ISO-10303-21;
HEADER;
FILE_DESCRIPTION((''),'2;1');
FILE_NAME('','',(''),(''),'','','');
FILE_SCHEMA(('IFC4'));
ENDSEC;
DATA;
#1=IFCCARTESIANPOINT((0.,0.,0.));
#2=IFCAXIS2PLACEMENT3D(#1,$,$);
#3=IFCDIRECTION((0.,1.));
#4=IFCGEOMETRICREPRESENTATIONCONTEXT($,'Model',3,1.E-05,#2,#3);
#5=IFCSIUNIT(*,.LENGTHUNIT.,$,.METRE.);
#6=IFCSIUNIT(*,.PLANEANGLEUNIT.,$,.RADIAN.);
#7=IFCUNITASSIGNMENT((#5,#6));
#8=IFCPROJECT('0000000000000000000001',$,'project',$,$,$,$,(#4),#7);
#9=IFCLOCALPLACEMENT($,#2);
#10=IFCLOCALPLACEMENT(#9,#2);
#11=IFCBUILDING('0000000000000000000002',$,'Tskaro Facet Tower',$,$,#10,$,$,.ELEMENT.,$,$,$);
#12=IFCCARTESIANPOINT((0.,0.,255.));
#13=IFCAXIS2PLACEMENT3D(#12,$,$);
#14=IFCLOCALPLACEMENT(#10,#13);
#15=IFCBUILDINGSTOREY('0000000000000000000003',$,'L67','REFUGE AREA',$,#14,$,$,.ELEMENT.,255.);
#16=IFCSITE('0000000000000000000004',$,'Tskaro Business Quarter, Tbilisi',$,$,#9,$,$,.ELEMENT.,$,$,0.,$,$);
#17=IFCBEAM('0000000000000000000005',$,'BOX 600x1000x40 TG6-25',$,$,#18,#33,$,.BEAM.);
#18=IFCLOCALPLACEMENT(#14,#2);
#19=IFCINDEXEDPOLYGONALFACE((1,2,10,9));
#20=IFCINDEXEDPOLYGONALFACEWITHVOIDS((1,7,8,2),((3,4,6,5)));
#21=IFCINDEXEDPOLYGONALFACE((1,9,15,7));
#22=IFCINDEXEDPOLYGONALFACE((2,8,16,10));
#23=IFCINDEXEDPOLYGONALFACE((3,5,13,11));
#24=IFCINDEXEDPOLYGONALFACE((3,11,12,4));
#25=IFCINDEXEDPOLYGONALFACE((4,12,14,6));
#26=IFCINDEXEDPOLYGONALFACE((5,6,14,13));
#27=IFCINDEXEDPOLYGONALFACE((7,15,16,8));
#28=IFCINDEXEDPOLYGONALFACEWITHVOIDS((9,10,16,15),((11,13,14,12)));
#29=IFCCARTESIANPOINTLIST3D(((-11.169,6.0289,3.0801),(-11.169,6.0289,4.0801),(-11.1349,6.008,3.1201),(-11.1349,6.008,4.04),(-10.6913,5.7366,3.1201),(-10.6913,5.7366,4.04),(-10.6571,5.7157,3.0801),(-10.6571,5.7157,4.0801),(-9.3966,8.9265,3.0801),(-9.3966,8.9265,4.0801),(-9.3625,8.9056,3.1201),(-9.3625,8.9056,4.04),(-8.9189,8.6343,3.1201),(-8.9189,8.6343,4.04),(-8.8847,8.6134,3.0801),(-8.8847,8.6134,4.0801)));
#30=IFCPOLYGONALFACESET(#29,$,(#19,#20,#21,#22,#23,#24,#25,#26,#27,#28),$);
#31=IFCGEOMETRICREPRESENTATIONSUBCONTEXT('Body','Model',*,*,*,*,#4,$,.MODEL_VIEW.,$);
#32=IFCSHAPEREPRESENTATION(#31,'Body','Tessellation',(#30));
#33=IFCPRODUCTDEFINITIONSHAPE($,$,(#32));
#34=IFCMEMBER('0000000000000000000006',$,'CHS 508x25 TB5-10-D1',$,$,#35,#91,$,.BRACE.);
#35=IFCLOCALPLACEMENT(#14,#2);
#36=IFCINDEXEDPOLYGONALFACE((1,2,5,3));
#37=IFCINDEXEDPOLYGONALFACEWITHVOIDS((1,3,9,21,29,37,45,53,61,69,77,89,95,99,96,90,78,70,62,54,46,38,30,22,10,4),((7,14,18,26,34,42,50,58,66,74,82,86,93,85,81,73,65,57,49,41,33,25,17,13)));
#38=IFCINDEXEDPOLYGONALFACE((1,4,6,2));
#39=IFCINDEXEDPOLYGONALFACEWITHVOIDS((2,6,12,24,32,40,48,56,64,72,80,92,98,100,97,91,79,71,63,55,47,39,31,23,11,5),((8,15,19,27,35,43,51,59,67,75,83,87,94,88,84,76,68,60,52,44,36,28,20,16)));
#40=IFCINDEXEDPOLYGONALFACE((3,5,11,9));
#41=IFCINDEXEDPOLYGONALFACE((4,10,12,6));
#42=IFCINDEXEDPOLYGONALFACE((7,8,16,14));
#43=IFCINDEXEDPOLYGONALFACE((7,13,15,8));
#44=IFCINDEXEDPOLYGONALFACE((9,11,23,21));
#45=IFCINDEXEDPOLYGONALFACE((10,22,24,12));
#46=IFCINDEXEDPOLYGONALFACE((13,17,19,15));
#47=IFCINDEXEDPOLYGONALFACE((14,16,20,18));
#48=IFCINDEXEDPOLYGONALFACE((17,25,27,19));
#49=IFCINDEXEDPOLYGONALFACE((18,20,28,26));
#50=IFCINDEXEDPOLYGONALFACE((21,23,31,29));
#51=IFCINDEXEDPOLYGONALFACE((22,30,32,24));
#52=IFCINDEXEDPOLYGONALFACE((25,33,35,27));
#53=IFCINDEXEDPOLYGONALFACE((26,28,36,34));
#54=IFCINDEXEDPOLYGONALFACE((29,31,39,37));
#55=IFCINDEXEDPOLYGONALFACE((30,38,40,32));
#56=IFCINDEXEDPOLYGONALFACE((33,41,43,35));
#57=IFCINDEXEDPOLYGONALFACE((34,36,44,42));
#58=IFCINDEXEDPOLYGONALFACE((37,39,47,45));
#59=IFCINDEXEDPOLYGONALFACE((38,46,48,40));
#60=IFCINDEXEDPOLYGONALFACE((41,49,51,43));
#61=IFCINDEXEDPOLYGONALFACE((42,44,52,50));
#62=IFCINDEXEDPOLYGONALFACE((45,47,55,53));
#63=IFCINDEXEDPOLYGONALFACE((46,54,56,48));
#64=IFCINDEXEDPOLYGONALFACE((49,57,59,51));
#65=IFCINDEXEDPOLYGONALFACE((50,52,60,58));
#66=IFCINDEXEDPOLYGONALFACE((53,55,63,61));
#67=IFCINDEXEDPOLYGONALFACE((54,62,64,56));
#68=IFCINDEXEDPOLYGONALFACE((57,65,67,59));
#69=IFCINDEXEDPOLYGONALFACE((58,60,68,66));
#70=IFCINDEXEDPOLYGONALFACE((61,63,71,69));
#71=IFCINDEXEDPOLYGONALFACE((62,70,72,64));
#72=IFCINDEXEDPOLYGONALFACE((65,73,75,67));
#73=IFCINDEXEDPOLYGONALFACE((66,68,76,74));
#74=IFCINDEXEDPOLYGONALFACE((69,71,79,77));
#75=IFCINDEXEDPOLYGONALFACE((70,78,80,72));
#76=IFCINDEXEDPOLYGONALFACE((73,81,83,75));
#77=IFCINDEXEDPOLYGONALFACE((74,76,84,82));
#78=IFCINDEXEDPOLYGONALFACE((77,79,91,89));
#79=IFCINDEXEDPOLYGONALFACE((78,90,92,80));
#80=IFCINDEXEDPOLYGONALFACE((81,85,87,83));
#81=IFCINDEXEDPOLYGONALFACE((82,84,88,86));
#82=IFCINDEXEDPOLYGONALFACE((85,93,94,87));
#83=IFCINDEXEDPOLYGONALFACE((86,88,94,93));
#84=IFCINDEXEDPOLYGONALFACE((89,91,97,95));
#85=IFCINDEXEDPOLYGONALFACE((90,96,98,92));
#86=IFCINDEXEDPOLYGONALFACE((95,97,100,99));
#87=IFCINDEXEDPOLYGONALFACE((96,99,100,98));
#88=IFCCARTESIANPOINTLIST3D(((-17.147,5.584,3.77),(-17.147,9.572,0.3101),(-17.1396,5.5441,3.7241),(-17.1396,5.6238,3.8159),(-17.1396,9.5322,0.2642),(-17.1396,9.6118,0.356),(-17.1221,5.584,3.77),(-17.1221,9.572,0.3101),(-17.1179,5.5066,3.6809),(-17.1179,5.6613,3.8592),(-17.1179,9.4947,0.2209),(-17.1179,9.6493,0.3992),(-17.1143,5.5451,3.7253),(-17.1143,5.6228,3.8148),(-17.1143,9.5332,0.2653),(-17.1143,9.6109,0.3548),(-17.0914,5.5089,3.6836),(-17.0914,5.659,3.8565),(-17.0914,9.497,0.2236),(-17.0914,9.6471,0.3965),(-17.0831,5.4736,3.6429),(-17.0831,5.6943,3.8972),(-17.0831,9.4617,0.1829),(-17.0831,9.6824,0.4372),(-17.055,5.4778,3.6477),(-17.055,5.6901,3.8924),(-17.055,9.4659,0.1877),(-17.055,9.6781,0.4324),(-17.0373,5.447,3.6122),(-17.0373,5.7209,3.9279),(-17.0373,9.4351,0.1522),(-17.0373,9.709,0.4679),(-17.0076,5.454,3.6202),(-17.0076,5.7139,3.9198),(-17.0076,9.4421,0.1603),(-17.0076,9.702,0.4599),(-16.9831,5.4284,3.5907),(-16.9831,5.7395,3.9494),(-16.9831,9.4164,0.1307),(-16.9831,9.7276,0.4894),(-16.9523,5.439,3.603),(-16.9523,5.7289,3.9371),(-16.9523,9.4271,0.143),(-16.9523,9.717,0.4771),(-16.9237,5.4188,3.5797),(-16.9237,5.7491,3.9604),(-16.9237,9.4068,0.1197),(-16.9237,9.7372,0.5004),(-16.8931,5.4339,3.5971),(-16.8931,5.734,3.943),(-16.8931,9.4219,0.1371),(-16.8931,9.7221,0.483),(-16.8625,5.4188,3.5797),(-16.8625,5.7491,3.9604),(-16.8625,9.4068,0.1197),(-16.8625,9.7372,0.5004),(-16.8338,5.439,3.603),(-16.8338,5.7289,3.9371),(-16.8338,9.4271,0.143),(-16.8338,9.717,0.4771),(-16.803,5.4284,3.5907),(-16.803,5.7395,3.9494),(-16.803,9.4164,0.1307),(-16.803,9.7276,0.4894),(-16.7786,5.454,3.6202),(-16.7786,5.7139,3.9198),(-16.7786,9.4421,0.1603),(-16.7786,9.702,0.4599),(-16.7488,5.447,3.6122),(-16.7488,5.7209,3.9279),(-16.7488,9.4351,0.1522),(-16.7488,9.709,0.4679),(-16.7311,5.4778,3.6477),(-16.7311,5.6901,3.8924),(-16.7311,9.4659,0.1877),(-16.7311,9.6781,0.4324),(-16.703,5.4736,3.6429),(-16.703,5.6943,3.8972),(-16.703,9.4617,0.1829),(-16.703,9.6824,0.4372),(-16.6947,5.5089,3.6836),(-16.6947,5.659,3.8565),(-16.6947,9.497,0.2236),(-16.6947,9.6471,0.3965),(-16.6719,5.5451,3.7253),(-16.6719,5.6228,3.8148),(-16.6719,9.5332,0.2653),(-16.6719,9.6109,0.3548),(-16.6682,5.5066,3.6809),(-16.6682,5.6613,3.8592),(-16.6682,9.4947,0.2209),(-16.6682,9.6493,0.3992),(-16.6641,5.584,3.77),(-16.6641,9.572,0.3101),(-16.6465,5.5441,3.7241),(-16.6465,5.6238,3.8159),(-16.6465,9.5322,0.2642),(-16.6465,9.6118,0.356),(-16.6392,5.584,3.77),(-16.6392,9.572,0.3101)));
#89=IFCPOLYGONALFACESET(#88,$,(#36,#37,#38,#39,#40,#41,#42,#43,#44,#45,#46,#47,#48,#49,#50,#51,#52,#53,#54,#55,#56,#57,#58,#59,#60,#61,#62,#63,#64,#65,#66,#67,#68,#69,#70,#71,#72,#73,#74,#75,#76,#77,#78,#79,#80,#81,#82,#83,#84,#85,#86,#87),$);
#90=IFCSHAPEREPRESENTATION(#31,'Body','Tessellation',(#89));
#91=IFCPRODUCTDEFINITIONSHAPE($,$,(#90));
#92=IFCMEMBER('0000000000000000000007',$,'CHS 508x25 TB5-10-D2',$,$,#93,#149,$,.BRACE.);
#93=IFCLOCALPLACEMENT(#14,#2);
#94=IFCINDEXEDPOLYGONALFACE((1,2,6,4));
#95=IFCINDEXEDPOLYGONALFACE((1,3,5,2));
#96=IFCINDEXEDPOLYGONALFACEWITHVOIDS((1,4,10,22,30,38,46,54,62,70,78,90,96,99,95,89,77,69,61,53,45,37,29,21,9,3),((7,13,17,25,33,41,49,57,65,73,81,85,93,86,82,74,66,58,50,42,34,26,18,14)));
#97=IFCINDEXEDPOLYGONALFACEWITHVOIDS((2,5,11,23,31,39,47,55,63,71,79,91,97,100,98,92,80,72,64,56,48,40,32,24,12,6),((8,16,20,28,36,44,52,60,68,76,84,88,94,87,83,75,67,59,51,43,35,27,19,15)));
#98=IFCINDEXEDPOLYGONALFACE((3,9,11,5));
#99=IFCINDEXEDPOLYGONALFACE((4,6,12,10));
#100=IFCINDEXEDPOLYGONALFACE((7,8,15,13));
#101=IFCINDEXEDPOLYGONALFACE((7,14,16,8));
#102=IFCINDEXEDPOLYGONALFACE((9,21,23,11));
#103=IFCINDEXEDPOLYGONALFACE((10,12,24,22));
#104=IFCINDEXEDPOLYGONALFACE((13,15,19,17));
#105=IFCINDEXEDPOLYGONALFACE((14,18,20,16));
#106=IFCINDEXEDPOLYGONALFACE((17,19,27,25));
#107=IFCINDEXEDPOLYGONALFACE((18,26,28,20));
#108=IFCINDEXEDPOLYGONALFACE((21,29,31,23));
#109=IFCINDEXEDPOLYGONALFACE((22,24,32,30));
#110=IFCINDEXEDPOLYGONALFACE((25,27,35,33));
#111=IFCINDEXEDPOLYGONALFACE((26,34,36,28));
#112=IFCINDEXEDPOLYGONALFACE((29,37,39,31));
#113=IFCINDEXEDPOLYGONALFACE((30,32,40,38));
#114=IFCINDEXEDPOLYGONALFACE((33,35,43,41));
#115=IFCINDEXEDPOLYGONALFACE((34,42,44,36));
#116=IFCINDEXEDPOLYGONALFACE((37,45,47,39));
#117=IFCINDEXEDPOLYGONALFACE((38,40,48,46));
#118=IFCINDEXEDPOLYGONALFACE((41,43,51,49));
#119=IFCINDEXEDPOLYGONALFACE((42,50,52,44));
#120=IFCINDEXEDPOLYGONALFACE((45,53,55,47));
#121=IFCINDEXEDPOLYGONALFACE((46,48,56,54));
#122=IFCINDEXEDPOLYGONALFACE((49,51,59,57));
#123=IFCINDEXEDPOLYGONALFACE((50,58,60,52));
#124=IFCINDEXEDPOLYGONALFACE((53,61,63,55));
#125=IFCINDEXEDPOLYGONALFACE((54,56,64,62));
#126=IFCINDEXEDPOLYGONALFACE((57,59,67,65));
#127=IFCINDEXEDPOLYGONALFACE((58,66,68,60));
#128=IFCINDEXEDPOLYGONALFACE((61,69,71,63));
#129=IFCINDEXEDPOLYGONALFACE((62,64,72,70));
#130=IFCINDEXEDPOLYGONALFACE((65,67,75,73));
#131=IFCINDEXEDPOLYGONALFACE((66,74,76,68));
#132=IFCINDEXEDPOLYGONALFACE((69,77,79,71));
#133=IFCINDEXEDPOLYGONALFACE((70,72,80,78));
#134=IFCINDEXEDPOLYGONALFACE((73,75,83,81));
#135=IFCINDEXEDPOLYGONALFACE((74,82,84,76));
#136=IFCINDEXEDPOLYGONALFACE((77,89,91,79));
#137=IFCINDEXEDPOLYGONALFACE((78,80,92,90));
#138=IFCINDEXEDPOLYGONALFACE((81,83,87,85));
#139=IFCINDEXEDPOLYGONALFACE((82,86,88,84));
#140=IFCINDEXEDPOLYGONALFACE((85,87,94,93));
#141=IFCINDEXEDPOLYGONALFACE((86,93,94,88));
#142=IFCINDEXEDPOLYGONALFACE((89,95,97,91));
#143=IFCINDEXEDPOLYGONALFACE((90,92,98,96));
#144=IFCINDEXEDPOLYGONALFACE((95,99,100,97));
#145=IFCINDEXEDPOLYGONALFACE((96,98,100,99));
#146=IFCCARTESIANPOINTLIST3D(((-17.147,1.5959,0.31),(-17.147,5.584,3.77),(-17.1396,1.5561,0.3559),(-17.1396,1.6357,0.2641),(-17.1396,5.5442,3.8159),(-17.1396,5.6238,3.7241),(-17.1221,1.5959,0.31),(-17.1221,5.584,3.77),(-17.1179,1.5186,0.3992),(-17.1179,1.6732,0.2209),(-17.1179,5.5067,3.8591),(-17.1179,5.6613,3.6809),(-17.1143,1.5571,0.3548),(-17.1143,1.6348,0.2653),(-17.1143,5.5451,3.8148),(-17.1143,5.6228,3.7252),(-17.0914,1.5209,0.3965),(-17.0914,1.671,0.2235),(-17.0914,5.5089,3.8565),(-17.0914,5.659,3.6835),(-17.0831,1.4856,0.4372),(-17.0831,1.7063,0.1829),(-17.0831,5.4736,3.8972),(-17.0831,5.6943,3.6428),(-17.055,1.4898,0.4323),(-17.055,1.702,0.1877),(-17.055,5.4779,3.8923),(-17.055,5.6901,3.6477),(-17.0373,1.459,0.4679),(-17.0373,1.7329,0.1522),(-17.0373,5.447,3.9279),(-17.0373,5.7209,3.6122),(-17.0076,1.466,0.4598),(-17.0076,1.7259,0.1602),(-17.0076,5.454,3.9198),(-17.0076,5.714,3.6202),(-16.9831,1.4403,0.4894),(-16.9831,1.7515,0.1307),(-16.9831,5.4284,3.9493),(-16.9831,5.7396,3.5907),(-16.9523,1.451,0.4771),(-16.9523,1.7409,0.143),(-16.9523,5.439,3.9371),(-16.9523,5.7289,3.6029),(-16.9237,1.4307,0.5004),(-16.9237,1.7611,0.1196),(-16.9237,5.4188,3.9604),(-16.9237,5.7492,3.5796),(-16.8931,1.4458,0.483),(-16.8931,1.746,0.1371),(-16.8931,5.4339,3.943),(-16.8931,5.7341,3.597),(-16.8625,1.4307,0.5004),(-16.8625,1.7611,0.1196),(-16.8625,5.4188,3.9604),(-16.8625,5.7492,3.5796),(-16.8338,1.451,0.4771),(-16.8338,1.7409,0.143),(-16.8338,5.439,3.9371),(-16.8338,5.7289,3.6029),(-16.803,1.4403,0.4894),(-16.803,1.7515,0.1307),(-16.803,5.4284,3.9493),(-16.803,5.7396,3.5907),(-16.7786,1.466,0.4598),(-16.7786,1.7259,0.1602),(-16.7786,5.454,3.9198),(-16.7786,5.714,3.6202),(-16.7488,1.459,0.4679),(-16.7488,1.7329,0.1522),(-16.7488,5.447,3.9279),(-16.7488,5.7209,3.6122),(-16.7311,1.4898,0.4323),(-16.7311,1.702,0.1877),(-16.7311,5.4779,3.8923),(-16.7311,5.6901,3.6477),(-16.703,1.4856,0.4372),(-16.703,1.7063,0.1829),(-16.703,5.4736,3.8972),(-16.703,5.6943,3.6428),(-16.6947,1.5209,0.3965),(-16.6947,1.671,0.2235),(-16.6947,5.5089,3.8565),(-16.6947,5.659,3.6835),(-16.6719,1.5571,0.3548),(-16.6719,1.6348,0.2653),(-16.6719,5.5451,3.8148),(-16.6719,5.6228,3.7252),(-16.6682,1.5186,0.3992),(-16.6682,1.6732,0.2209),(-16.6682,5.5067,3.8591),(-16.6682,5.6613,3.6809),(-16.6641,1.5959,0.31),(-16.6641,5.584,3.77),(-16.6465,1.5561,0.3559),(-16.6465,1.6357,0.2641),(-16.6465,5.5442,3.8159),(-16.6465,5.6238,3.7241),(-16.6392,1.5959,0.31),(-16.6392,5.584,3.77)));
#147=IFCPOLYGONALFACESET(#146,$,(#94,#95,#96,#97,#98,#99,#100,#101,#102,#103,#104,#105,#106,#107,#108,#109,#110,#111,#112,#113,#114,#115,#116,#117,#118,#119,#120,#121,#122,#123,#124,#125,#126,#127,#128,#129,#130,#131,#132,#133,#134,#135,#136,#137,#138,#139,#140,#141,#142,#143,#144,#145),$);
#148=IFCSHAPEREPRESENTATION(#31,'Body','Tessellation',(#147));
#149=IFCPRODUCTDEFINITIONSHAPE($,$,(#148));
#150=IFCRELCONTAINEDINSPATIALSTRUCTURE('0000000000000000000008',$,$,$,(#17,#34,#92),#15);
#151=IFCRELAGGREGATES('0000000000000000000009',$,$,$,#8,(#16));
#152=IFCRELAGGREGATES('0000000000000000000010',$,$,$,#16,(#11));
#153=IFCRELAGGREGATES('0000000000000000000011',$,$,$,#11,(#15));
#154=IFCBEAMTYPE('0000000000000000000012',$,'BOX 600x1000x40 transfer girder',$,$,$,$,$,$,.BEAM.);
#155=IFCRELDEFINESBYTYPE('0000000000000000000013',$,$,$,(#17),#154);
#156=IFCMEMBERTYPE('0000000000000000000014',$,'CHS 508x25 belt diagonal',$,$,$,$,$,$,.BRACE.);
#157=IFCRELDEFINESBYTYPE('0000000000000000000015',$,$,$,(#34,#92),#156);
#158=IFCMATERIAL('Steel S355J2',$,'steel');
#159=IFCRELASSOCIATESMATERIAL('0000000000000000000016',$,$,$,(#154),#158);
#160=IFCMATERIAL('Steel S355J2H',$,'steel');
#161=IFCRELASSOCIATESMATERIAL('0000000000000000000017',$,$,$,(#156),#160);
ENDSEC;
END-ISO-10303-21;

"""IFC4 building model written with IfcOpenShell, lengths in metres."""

from ifc_helpers import new_model, si_unit, direction, frame, origin, origin_2d, place, context, subcontext, project, spatial, hollow_rectangle, hollow_circle, extrude, material, material_profile, profile_set, type_object, element, save


model = new_model("IFC4")

# Units and contexts
model_context = context("Model", 3, precision=1e-05, world=origin(), true_north=direction((0.0, 1.0)))
body_context = subcontext(model_context, "Body", "Model", "MODEL_VIEW")
ifc_project = project(units=[si_unit("LENGTHUNIT", "METRE"), si_unit("PLANEANGLEUNIT", "RADIAN")], contexts=[model_context])

# Site, building, storey
site_placement = place(None, origin())
site = spatial("IfcSite", under=ifc_project, at=site_placement, Name="Tskaro Business Quarter, Tbilisi", CompositionType="ELEMENT", RefElevation=0.0)
building_placement = place(site_placement, origin())
building = spatial("IfcBuilding", under=site, at=building_placement, Name="Tskaro Facet Tower", CompositionType="ELEMENT")
storey_placement = place(building_placement, frame((0.0, 0.0, 255.0)))
storey = spatial("IfcBuildingStorey", under=building, at=storey_placement, Name="L67", Description="REFUGE AREA", CompositionType="ELEMENT", Elevation=255.0)

# Beam
ifc_material_1 = material(Name="Steel S355J2", Category="steel")
ifc_material_profile_1 = material_profile(ifc_material_1, hollow_rectangle(XDim=0.6001, YDim=1.0, WallThickness=0.04, at=origin_2d()), Name="BOX 600x1000x40")
ifc_profile_set_1 = profile_set([ifc_material_profile_1], Name="Steel S355J2")
beam_type_1 = type_object("IfcBeamType", Name="BOX 600x1000x40 transfer girder", PredefinedType="BEAM", material=ifc_profile_set_1)
beam_1_placement = place(storey_placement, frame((-10.9131, 5.8723, 3.5801), z_axis=(0.521802, 0.853067, 0.0), x_axis=(-0.853067, 0.521802, 0.0)))
element("IfcBeam", 1, at=beam_1_placement, inside=storey, type_object=beam_type_1, Name="BOX 600x1000x40 TG6-25", PredefinedType="BEAM", context=body_context, shape_type="SweptSolid", body=[
    extrude(hollow_rectangle(XDim=0.6001, YDim=1.0, WallThickness=0.04, at=origin_2d()), origin(), (0.0, 0.0, 1.0), 3.3967),
])

# Members
ifc_material_2 = material(Name="Steel S355J2H", Category="steel")
ifc_material_profile_2 = material_profile(ifc_material_2, hollow_circle(Radius=0.2539, WallThickness=0.0249, at=origin_2d()), Name="CHS 508x25")
ifc_profile_set_2 = profile_set([ifc_material_profile_2], Name="Steel S355J2H")
member_type_1 = type_object("IfcMemberType", Name="CHS 508x25 belt diagonal", PredefinedType="BRACE", material=ifc_profile_set_2)
for number, where, z_axis, x_axis, name in (
    (2, (-16.8931, 9.572, 0.3101), (0.0, -0.755346, 0.655327), (1.0, 0.0, 0.0), "CHS 508x25 TB5-10-D1"),
    (3, (-16.8931, 5.584, 3.77), (0.0, -0.755346, -0.655327), (1.0, 0.0, 0.0), "CHS 508x25 TB5-10-D2"),
):
    element("IfcMember", number, at=place(storey_placement, frame(where, z_axis=z_axis, x_axis=x_axis)), inside=storey, type_object=member_type_1, Name=name, PredefinedType="BRACE", context=body_context, shape_type="SweptSolid", body=[
        extrude(hollow_circle(Radius=0.2539, WallThickness=0.0249, at=origin_2d()), origin(), (0.0, 0.0, 1.0), 5.2798),
    ])

save(model, "model.ifc")
